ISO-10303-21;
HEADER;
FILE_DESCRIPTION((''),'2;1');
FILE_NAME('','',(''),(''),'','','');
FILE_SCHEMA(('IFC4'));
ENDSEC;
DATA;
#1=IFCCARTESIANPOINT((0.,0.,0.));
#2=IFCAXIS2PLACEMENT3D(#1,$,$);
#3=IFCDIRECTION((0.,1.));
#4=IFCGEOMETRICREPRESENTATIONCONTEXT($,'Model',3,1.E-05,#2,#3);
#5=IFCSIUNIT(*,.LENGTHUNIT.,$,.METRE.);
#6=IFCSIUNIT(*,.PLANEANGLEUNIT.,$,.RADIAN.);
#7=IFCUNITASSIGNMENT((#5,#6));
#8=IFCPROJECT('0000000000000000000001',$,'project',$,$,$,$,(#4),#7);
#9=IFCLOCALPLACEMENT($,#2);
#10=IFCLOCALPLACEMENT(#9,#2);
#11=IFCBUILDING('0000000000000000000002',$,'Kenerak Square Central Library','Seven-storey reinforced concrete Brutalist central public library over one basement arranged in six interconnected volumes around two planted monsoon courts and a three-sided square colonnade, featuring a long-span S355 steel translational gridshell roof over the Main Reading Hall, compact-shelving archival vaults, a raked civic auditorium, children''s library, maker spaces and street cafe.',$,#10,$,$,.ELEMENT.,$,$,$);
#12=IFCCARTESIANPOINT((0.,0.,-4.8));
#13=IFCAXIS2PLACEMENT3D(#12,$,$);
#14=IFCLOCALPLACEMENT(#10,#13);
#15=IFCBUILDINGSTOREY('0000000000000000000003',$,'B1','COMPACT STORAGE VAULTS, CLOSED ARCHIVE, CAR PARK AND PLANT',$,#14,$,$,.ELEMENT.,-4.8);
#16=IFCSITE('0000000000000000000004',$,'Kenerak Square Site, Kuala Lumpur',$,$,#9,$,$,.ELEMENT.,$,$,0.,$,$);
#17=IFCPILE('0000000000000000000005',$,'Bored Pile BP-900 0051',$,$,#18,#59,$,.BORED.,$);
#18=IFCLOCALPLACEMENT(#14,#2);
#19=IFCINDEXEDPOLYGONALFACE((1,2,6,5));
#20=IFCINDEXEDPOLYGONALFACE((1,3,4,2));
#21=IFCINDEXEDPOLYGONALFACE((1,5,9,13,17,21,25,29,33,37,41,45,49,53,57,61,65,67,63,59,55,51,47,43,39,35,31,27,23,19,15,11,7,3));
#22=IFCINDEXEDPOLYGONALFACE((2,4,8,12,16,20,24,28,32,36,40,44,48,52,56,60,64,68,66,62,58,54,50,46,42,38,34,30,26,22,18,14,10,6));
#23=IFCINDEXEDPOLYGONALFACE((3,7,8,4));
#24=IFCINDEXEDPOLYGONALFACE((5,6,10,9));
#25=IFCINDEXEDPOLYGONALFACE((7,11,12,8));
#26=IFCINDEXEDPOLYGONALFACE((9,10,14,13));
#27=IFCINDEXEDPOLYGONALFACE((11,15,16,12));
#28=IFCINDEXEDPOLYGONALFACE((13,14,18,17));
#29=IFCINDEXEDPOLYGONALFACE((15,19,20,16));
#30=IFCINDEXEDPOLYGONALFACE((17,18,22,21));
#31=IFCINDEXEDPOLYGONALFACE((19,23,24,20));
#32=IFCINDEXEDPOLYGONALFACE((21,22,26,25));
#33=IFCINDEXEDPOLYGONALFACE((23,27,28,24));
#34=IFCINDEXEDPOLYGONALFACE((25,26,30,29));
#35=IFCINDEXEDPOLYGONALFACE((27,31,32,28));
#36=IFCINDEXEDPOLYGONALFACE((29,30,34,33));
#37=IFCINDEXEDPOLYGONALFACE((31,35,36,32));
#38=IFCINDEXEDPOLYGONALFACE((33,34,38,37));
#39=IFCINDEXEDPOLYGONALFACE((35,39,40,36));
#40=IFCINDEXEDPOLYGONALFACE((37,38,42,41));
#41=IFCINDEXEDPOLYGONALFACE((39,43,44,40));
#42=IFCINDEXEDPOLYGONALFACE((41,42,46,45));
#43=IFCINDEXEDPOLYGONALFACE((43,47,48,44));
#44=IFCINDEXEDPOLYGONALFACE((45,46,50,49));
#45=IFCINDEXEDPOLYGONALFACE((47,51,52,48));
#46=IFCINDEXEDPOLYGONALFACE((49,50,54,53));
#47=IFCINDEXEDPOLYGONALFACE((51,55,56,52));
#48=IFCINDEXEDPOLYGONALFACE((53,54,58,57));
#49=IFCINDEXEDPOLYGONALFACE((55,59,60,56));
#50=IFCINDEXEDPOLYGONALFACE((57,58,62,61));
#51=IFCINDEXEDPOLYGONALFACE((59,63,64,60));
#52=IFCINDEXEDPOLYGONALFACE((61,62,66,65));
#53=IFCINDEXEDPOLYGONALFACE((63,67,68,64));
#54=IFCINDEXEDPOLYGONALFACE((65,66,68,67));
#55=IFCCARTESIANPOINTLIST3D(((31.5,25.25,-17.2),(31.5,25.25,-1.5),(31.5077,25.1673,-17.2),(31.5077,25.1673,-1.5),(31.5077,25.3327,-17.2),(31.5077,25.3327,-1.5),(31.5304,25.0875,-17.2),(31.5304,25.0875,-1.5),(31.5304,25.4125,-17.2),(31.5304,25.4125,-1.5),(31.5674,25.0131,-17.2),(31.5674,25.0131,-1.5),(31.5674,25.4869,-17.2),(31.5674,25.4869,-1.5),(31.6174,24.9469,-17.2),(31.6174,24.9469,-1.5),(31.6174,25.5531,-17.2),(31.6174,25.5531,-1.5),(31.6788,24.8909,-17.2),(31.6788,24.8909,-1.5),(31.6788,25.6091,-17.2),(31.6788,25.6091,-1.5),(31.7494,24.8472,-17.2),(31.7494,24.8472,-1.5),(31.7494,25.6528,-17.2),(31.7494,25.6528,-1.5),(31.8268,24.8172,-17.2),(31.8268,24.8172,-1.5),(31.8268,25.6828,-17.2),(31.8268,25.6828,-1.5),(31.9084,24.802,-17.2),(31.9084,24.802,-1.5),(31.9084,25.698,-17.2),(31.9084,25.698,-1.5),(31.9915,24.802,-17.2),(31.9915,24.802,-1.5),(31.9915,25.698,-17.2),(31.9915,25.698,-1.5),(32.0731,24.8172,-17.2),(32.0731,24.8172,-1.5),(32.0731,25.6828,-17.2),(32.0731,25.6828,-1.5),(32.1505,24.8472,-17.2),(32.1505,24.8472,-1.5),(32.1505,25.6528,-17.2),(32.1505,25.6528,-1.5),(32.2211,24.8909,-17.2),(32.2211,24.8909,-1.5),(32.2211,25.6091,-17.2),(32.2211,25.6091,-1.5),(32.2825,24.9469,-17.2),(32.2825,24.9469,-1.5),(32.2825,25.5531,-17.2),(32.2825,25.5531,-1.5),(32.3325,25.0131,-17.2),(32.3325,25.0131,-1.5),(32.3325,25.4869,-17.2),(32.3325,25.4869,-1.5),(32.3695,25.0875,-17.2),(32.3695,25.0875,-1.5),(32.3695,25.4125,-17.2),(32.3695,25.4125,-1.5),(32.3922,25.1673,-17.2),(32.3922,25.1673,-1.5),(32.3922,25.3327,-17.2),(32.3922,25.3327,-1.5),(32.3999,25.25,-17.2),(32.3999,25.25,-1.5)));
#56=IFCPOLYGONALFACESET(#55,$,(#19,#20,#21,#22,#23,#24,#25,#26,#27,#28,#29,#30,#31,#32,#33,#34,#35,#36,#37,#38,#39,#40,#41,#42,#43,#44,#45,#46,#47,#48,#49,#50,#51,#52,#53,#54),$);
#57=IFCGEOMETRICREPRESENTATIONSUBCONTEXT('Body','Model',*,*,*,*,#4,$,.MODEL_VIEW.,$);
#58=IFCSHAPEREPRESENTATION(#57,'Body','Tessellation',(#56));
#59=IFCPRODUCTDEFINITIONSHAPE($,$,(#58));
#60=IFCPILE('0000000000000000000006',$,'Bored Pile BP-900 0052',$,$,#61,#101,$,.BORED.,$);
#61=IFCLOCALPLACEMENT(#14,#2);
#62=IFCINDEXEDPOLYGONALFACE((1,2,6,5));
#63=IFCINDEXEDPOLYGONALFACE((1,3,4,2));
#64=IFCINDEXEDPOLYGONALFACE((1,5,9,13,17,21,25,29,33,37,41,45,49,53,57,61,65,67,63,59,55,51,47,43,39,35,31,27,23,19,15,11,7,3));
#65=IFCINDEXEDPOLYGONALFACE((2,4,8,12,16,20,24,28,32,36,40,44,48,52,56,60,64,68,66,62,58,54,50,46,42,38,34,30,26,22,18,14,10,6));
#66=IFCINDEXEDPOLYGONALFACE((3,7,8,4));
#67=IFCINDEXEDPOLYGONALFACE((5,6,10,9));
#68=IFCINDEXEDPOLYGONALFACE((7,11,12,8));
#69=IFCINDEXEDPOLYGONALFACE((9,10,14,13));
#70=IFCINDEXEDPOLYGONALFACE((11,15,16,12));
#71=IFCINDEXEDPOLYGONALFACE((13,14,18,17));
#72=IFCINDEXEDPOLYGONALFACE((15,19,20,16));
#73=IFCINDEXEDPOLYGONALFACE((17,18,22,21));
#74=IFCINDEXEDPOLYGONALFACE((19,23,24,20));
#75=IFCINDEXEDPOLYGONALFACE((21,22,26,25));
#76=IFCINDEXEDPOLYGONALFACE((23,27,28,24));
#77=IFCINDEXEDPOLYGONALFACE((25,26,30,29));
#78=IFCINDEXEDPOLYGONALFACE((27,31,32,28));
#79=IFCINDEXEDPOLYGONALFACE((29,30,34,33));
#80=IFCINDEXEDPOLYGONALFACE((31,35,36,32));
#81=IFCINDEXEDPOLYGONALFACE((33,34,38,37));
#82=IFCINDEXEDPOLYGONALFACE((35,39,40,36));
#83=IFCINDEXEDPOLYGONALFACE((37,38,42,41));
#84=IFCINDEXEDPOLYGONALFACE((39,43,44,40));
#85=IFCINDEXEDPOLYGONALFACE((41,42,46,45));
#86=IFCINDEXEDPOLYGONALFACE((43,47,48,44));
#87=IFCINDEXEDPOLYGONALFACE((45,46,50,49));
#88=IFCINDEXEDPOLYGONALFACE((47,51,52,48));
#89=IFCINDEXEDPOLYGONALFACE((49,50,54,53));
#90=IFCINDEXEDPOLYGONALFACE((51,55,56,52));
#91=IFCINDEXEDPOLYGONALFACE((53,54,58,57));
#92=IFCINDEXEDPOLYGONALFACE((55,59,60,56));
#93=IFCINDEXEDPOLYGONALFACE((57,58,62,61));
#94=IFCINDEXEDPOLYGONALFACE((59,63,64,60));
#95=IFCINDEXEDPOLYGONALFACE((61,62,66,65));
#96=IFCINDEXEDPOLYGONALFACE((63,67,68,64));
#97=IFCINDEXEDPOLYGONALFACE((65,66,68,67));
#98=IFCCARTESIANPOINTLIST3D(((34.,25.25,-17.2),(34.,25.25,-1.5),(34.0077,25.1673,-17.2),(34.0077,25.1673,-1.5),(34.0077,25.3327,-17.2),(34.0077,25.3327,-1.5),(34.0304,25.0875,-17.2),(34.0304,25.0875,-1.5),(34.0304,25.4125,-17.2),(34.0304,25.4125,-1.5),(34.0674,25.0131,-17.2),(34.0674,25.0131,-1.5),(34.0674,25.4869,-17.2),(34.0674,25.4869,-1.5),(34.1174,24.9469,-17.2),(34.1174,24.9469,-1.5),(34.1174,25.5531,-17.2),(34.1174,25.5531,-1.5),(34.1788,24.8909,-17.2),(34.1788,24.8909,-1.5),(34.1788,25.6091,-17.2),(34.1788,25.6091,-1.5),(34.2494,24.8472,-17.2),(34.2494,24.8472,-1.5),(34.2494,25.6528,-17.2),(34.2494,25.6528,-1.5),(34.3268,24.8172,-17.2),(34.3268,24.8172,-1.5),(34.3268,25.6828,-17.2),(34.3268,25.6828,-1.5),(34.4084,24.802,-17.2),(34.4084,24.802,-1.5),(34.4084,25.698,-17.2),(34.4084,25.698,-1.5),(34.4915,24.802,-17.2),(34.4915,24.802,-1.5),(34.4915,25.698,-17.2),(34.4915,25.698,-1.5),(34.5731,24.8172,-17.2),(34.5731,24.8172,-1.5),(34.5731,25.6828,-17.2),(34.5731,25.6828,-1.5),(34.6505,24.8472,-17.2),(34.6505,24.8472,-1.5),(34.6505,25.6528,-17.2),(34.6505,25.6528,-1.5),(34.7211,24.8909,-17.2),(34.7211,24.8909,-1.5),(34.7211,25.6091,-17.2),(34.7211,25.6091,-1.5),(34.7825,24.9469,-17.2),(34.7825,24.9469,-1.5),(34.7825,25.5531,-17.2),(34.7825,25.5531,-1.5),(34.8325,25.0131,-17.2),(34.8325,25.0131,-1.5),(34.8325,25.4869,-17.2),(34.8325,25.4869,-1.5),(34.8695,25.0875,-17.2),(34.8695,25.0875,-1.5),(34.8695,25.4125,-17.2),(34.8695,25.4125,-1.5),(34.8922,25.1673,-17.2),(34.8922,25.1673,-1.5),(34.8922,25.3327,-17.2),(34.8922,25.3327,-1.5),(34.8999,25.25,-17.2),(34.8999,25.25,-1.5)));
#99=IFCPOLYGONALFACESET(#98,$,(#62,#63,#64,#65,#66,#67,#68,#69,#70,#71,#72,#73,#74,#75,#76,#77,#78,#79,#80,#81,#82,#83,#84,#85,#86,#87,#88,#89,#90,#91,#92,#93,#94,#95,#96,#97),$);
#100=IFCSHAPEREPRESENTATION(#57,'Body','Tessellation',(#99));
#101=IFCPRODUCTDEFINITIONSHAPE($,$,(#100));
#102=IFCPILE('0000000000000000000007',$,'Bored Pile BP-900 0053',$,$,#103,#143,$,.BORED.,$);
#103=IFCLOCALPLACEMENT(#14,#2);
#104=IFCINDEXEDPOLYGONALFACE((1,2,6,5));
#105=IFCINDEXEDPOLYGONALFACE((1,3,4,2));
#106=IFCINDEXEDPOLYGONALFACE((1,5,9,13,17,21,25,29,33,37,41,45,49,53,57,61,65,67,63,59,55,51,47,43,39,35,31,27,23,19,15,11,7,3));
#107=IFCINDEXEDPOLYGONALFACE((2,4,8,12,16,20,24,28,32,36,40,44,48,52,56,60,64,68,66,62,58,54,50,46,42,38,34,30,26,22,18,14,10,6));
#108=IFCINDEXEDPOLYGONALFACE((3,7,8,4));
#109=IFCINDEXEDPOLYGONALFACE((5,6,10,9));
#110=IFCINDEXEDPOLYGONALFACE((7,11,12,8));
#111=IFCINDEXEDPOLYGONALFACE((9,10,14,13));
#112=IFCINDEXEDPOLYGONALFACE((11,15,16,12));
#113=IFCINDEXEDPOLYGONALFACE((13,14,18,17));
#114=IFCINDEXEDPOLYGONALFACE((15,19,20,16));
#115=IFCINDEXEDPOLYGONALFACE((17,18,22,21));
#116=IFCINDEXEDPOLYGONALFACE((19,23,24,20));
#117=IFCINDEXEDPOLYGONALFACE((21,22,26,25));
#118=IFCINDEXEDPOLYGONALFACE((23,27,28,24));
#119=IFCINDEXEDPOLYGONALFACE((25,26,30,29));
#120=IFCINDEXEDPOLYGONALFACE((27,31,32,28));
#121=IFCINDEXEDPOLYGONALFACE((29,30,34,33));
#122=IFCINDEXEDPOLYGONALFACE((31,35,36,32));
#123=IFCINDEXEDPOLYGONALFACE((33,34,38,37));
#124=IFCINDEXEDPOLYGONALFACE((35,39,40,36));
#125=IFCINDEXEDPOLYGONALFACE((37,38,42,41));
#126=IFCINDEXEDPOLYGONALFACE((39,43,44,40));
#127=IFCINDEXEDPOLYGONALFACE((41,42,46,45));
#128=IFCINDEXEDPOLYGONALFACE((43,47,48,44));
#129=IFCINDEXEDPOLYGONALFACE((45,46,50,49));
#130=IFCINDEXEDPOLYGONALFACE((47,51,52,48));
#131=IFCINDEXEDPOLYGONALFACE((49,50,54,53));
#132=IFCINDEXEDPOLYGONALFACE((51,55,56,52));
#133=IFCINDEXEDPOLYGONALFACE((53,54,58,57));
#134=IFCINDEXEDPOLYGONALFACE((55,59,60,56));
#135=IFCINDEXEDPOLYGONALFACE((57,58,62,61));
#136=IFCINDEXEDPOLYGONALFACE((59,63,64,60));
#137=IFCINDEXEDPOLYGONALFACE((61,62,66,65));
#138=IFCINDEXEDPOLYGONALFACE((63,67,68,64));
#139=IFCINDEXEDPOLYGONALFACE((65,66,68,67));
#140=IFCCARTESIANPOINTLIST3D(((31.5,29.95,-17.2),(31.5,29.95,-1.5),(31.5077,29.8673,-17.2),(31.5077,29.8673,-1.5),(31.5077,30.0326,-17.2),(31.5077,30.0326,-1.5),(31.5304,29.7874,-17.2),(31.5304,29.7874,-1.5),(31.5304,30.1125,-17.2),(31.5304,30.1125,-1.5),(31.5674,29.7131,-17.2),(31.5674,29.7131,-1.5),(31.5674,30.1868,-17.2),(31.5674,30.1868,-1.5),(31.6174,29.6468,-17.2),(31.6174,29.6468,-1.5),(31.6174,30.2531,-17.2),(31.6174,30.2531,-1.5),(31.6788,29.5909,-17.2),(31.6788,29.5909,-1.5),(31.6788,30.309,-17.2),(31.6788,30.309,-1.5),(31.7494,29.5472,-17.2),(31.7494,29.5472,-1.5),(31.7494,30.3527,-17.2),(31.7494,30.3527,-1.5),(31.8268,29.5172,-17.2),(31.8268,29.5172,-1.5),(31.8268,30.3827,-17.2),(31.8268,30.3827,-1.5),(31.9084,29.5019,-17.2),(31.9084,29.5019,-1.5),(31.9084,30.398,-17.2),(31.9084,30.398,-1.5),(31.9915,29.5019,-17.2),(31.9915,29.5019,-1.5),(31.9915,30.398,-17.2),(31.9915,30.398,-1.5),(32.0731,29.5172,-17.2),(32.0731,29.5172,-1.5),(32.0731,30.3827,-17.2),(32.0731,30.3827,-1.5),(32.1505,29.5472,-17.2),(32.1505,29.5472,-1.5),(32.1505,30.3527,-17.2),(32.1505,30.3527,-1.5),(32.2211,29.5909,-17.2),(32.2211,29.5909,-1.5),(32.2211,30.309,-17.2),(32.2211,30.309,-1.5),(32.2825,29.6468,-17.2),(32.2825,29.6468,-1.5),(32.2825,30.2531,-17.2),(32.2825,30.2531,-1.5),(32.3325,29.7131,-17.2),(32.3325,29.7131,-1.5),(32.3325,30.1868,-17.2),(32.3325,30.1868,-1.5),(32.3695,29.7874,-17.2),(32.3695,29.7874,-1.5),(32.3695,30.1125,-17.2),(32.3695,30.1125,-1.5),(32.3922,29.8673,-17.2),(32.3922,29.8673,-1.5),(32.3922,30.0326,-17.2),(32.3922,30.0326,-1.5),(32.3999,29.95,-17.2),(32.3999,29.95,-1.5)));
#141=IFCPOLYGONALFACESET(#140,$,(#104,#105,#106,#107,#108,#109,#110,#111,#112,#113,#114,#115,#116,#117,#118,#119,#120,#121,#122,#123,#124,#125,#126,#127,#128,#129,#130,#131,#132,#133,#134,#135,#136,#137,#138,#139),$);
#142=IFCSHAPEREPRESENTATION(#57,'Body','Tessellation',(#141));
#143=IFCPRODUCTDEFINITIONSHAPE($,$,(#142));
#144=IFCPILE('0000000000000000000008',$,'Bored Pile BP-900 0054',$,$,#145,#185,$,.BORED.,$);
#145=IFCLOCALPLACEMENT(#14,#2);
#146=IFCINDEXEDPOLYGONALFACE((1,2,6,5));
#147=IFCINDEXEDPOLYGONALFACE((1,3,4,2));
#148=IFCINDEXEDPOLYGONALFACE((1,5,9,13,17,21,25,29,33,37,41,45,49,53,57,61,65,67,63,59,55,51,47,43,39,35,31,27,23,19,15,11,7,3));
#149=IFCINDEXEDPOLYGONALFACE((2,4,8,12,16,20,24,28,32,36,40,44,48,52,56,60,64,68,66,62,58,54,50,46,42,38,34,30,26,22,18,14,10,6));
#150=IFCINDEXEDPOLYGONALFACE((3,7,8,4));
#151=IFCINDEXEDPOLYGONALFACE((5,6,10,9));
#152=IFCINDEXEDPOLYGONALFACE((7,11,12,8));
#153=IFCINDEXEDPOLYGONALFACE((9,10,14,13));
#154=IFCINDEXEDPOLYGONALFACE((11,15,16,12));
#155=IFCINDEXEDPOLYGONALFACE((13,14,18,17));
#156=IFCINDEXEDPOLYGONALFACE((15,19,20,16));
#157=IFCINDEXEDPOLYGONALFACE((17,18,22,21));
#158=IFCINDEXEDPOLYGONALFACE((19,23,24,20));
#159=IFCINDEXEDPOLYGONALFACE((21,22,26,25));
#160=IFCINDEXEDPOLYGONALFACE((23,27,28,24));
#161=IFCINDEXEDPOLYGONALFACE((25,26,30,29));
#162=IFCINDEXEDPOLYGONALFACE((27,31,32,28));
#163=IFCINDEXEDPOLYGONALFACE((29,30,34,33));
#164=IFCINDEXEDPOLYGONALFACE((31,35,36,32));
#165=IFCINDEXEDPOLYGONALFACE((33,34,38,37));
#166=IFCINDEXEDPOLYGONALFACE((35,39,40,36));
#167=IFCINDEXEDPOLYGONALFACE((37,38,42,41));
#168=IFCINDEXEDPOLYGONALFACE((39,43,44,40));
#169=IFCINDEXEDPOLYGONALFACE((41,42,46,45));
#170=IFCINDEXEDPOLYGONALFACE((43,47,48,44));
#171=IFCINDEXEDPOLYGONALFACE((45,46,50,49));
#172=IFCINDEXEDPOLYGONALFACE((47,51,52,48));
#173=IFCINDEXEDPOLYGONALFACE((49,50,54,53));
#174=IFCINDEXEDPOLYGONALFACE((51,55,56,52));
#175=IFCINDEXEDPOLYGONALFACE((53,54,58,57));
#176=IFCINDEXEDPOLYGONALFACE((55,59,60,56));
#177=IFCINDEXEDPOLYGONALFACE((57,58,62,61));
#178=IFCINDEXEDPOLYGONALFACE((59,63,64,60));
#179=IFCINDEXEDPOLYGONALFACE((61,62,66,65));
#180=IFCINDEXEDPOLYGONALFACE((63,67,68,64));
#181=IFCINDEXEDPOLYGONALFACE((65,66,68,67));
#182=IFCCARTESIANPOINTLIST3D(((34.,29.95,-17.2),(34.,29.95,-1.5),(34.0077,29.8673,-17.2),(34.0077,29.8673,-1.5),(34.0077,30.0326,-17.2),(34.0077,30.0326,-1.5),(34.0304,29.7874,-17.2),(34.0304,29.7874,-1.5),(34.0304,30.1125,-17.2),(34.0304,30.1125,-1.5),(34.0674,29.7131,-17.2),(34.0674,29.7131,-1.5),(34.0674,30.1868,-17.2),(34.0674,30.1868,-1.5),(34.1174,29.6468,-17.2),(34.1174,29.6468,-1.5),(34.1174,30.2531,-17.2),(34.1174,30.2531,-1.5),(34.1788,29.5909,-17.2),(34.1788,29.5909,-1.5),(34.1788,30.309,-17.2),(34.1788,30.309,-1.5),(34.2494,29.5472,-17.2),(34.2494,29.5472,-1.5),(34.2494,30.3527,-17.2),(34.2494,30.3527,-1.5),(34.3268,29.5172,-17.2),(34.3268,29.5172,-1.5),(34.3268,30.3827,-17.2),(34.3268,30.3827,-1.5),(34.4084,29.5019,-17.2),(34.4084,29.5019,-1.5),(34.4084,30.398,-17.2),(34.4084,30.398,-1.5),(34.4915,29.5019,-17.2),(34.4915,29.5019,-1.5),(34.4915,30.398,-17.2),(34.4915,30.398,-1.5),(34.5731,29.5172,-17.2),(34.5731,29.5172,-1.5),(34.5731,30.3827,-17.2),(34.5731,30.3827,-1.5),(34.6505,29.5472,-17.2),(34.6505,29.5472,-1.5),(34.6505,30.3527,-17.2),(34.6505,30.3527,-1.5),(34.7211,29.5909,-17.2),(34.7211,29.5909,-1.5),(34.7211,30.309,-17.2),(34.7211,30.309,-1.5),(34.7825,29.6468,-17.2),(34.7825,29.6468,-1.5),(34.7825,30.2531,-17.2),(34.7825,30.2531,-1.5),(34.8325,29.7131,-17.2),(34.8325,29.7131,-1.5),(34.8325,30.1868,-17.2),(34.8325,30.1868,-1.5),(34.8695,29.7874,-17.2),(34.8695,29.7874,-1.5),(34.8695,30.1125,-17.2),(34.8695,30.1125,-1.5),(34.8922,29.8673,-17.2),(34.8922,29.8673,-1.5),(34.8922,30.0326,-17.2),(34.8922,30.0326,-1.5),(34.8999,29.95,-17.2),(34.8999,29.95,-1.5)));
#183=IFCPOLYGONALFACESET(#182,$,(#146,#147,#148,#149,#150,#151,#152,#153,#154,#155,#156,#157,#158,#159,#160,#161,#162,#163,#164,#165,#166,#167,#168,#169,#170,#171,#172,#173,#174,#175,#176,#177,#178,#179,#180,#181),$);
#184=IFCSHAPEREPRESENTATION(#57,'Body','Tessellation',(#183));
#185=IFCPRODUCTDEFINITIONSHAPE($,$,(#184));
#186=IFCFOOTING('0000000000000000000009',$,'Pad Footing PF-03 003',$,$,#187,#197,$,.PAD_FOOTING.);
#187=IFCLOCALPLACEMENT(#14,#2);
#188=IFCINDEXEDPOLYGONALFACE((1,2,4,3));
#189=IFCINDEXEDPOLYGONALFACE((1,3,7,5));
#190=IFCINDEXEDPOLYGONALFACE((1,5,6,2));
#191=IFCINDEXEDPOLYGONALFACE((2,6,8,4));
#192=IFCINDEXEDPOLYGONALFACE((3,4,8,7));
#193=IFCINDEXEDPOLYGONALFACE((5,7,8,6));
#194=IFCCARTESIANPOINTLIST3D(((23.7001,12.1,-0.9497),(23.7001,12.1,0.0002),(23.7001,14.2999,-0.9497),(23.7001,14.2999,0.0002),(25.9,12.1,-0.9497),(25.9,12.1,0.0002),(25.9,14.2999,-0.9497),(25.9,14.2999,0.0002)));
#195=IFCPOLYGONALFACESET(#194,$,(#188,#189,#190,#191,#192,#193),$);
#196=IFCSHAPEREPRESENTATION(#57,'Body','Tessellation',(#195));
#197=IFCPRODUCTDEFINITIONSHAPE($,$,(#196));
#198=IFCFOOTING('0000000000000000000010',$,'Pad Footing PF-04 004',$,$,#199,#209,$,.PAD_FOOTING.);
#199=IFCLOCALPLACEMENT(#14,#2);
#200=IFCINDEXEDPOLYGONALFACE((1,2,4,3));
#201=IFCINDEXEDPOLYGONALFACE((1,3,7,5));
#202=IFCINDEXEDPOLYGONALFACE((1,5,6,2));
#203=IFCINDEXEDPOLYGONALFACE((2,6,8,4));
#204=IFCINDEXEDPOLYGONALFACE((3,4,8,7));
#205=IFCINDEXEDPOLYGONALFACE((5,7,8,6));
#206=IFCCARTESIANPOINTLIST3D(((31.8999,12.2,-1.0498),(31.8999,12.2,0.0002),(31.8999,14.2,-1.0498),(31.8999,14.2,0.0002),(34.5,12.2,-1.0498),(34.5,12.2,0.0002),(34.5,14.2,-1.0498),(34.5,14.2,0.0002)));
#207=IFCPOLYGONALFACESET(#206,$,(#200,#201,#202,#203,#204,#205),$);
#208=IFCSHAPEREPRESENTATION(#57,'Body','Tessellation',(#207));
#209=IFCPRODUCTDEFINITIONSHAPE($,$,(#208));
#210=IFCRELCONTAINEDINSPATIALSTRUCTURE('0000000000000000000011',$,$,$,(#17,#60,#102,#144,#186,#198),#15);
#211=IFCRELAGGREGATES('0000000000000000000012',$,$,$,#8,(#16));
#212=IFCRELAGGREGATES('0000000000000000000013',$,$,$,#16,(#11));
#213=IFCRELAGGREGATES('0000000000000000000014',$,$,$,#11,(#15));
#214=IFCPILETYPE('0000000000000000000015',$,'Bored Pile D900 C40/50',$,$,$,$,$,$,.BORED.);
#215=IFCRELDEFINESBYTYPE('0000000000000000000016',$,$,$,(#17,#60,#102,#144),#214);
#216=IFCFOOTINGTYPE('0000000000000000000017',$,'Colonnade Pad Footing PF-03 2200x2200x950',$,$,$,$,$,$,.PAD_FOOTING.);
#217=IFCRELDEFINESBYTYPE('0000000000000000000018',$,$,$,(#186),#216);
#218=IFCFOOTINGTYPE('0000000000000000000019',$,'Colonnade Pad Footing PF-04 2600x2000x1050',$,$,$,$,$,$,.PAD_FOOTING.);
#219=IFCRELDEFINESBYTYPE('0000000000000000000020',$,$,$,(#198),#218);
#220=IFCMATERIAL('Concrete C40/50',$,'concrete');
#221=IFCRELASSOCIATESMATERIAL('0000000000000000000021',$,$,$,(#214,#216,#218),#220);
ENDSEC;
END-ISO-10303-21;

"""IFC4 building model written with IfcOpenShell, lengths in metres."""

from ifc_helpers import new_model, si_unit, direction, frame, origin, origin_2d, place, context, subcontext, project, spatial, rectangle, circle, extrude, material, material_profile, profile_set, type_object, element, save


model = new_model("IFC4")

# Units and contexts
model_context = context("Model", 3, precision=1e-05, world=origin(), true_north=direction((0.0, 1.0)))
body_context = subcontext(model_context, "Body", "Model", "MODEL_VIEW")
ifc_project = project(units=[si_unit("LENGTHUNIT", "METRE"), si_unit("PLANEANGLEUNIT", "RADIAN")], contexts=[model_context])

# Site, building, storey
site_placement = place(None, origin())
site = spatial("IfcSite", under=ifc_project, at=site_placement, Name="Kenerak Square Site, Kuala Lumpur", CompositionType="ELEMENT", RefElevation=0.0)
building_placement = place(site_placement, origin())
building = spatial("IfcBuilding", under=site, at=building_placement, Name="Kenerak Square Central Library", Description="Seven-storey reinforced concrete Brutalist central public library over one basement arranged in six interconnected volumes around two planted monsoon courts and a three-sided square colonnade, featuring a long-span S355 steel translational gridshell roof over the Main Reading Hall, compact-shelving archival vaults, a raked civic auditorium, children's library, maker spaces and street cafe.", CompositionType="ELEMENT")
storey_placement = place(building_placement, frame((0.0, 0.0, -4.8)))
storey = spatial("IfcBuildingStorey", under=building, at=storey_placement, Name="B1", Description="COMPACT STORAGE VAULTS, CLOSED ARCHIVE, CAR PARK AND PLANT", CompositionType="ELEMENT", Elevation=-4.8)

# Piles
ifc_material_1 = material(Name="Concrete C40/50", Category="concrete")
ifc_material_profile_1 = material_profile(ifc_material_1, circle(Radius=0.45, at=origin_2d()), Name="BP D900")
ifc_profile_set_1 = profile_set([ifc_material_profile_1], Name="Concrete C40/50")
pile_type = type_object("IfcPileType", Name="Bored Pile D900 C40/50", PredefinedType="BORED", material=ifc_profile_set_1)
for number, where, z_axis, x_axis, name in (
    (1, (31.95, 25.25, -1.5), (0.0, 0.0, -1.0), (1.0, 0.0, 0.0), "Bored Pile BP-900 0051"),
    (2, (34.45, 25.25, -1.5), (0.0, 0.0, -1.0), (1.0, 0.0, 0.0), "Bored Pile BP-900 0052"),
    (3, (31.95, 29.95, -1.5), (0.0, 0.0, -1.0), (1.0, 0.0, 0.0), "Bored Pile BP-900 0053"),
    (4, (34.45, 29.95, -1.5), (0.0, 0.0, -1.0), (1.0, 0.0, 0.0), "Bored Pile BP-900 0054"),
):
    element("IfcPile", number, at=place(storey_placement, frame(where, z_axis=z_axis, x_axis=x_axis)), inside=storey, type_object=pile_type, Name=name, PredefinedType="BORED", context=body_context, shape_type="SweptSolid", body=[
        extrude(circle(Radius=0.45, at=origin_2d()), origin(), (0.0, 0.0, 1.0), 15.7),
    ])

# Footings
footing_type_1 = type_object("IfcFootingType", Name="Colonnade Pad Footing PF-03 2200x2200x950", PredefinedType="PAD_FOOTING", material=ifc_material_1)
footing_1_placement = place(storey_placement, frame((24.8, 13.2, -0.9497), z_axis=(0.0, 0.0, 1.0), x_axis=(1.0, 0.0, 0.0)))
element("IfcFooting", 5, at=footing_1_placement, inside=storey, type_object=footing_type_1, Name="Pad Footing PF-03 003", PredefinedType="PAD_FOOTING", context=body_context, shape_type="SweptSolid", body=[
    extrude(rectangle(XDim=2.2, YDim=2.2, at=origin_2d()), origin(), (0.0, 0.0, 1.0), 0.95),
])
footing_type_2 = type_object("IfcFootingType", Name="Colonnade Pad Footing PF-04 2600x2000x1050", PredefinedType="PAD_FOOTING", material=ifc_material_1)
footing_2_placement = place(storey_placement, frame((33.2, 13.2, -1.0498), z_axis=(0.0, 0.0, 1.0), x_axis=(1.0, 0.0, 0.0)))
element("IfcFooting", 6, at=footing_2_placement, inside=storey, type_object=footing_type_2, Name="Pad Footing PF-04 004", PredefinedType="PAD_FOOTING", context=body_context, shape_type="SweptSolid", body=[
    extrude(rectangle(XDim=2.6001, YDim=2.0, at=origin_2d()), origin(), (0.0, 0.0, 1.0), 1.05),
])

save(model, "model.ifc")
